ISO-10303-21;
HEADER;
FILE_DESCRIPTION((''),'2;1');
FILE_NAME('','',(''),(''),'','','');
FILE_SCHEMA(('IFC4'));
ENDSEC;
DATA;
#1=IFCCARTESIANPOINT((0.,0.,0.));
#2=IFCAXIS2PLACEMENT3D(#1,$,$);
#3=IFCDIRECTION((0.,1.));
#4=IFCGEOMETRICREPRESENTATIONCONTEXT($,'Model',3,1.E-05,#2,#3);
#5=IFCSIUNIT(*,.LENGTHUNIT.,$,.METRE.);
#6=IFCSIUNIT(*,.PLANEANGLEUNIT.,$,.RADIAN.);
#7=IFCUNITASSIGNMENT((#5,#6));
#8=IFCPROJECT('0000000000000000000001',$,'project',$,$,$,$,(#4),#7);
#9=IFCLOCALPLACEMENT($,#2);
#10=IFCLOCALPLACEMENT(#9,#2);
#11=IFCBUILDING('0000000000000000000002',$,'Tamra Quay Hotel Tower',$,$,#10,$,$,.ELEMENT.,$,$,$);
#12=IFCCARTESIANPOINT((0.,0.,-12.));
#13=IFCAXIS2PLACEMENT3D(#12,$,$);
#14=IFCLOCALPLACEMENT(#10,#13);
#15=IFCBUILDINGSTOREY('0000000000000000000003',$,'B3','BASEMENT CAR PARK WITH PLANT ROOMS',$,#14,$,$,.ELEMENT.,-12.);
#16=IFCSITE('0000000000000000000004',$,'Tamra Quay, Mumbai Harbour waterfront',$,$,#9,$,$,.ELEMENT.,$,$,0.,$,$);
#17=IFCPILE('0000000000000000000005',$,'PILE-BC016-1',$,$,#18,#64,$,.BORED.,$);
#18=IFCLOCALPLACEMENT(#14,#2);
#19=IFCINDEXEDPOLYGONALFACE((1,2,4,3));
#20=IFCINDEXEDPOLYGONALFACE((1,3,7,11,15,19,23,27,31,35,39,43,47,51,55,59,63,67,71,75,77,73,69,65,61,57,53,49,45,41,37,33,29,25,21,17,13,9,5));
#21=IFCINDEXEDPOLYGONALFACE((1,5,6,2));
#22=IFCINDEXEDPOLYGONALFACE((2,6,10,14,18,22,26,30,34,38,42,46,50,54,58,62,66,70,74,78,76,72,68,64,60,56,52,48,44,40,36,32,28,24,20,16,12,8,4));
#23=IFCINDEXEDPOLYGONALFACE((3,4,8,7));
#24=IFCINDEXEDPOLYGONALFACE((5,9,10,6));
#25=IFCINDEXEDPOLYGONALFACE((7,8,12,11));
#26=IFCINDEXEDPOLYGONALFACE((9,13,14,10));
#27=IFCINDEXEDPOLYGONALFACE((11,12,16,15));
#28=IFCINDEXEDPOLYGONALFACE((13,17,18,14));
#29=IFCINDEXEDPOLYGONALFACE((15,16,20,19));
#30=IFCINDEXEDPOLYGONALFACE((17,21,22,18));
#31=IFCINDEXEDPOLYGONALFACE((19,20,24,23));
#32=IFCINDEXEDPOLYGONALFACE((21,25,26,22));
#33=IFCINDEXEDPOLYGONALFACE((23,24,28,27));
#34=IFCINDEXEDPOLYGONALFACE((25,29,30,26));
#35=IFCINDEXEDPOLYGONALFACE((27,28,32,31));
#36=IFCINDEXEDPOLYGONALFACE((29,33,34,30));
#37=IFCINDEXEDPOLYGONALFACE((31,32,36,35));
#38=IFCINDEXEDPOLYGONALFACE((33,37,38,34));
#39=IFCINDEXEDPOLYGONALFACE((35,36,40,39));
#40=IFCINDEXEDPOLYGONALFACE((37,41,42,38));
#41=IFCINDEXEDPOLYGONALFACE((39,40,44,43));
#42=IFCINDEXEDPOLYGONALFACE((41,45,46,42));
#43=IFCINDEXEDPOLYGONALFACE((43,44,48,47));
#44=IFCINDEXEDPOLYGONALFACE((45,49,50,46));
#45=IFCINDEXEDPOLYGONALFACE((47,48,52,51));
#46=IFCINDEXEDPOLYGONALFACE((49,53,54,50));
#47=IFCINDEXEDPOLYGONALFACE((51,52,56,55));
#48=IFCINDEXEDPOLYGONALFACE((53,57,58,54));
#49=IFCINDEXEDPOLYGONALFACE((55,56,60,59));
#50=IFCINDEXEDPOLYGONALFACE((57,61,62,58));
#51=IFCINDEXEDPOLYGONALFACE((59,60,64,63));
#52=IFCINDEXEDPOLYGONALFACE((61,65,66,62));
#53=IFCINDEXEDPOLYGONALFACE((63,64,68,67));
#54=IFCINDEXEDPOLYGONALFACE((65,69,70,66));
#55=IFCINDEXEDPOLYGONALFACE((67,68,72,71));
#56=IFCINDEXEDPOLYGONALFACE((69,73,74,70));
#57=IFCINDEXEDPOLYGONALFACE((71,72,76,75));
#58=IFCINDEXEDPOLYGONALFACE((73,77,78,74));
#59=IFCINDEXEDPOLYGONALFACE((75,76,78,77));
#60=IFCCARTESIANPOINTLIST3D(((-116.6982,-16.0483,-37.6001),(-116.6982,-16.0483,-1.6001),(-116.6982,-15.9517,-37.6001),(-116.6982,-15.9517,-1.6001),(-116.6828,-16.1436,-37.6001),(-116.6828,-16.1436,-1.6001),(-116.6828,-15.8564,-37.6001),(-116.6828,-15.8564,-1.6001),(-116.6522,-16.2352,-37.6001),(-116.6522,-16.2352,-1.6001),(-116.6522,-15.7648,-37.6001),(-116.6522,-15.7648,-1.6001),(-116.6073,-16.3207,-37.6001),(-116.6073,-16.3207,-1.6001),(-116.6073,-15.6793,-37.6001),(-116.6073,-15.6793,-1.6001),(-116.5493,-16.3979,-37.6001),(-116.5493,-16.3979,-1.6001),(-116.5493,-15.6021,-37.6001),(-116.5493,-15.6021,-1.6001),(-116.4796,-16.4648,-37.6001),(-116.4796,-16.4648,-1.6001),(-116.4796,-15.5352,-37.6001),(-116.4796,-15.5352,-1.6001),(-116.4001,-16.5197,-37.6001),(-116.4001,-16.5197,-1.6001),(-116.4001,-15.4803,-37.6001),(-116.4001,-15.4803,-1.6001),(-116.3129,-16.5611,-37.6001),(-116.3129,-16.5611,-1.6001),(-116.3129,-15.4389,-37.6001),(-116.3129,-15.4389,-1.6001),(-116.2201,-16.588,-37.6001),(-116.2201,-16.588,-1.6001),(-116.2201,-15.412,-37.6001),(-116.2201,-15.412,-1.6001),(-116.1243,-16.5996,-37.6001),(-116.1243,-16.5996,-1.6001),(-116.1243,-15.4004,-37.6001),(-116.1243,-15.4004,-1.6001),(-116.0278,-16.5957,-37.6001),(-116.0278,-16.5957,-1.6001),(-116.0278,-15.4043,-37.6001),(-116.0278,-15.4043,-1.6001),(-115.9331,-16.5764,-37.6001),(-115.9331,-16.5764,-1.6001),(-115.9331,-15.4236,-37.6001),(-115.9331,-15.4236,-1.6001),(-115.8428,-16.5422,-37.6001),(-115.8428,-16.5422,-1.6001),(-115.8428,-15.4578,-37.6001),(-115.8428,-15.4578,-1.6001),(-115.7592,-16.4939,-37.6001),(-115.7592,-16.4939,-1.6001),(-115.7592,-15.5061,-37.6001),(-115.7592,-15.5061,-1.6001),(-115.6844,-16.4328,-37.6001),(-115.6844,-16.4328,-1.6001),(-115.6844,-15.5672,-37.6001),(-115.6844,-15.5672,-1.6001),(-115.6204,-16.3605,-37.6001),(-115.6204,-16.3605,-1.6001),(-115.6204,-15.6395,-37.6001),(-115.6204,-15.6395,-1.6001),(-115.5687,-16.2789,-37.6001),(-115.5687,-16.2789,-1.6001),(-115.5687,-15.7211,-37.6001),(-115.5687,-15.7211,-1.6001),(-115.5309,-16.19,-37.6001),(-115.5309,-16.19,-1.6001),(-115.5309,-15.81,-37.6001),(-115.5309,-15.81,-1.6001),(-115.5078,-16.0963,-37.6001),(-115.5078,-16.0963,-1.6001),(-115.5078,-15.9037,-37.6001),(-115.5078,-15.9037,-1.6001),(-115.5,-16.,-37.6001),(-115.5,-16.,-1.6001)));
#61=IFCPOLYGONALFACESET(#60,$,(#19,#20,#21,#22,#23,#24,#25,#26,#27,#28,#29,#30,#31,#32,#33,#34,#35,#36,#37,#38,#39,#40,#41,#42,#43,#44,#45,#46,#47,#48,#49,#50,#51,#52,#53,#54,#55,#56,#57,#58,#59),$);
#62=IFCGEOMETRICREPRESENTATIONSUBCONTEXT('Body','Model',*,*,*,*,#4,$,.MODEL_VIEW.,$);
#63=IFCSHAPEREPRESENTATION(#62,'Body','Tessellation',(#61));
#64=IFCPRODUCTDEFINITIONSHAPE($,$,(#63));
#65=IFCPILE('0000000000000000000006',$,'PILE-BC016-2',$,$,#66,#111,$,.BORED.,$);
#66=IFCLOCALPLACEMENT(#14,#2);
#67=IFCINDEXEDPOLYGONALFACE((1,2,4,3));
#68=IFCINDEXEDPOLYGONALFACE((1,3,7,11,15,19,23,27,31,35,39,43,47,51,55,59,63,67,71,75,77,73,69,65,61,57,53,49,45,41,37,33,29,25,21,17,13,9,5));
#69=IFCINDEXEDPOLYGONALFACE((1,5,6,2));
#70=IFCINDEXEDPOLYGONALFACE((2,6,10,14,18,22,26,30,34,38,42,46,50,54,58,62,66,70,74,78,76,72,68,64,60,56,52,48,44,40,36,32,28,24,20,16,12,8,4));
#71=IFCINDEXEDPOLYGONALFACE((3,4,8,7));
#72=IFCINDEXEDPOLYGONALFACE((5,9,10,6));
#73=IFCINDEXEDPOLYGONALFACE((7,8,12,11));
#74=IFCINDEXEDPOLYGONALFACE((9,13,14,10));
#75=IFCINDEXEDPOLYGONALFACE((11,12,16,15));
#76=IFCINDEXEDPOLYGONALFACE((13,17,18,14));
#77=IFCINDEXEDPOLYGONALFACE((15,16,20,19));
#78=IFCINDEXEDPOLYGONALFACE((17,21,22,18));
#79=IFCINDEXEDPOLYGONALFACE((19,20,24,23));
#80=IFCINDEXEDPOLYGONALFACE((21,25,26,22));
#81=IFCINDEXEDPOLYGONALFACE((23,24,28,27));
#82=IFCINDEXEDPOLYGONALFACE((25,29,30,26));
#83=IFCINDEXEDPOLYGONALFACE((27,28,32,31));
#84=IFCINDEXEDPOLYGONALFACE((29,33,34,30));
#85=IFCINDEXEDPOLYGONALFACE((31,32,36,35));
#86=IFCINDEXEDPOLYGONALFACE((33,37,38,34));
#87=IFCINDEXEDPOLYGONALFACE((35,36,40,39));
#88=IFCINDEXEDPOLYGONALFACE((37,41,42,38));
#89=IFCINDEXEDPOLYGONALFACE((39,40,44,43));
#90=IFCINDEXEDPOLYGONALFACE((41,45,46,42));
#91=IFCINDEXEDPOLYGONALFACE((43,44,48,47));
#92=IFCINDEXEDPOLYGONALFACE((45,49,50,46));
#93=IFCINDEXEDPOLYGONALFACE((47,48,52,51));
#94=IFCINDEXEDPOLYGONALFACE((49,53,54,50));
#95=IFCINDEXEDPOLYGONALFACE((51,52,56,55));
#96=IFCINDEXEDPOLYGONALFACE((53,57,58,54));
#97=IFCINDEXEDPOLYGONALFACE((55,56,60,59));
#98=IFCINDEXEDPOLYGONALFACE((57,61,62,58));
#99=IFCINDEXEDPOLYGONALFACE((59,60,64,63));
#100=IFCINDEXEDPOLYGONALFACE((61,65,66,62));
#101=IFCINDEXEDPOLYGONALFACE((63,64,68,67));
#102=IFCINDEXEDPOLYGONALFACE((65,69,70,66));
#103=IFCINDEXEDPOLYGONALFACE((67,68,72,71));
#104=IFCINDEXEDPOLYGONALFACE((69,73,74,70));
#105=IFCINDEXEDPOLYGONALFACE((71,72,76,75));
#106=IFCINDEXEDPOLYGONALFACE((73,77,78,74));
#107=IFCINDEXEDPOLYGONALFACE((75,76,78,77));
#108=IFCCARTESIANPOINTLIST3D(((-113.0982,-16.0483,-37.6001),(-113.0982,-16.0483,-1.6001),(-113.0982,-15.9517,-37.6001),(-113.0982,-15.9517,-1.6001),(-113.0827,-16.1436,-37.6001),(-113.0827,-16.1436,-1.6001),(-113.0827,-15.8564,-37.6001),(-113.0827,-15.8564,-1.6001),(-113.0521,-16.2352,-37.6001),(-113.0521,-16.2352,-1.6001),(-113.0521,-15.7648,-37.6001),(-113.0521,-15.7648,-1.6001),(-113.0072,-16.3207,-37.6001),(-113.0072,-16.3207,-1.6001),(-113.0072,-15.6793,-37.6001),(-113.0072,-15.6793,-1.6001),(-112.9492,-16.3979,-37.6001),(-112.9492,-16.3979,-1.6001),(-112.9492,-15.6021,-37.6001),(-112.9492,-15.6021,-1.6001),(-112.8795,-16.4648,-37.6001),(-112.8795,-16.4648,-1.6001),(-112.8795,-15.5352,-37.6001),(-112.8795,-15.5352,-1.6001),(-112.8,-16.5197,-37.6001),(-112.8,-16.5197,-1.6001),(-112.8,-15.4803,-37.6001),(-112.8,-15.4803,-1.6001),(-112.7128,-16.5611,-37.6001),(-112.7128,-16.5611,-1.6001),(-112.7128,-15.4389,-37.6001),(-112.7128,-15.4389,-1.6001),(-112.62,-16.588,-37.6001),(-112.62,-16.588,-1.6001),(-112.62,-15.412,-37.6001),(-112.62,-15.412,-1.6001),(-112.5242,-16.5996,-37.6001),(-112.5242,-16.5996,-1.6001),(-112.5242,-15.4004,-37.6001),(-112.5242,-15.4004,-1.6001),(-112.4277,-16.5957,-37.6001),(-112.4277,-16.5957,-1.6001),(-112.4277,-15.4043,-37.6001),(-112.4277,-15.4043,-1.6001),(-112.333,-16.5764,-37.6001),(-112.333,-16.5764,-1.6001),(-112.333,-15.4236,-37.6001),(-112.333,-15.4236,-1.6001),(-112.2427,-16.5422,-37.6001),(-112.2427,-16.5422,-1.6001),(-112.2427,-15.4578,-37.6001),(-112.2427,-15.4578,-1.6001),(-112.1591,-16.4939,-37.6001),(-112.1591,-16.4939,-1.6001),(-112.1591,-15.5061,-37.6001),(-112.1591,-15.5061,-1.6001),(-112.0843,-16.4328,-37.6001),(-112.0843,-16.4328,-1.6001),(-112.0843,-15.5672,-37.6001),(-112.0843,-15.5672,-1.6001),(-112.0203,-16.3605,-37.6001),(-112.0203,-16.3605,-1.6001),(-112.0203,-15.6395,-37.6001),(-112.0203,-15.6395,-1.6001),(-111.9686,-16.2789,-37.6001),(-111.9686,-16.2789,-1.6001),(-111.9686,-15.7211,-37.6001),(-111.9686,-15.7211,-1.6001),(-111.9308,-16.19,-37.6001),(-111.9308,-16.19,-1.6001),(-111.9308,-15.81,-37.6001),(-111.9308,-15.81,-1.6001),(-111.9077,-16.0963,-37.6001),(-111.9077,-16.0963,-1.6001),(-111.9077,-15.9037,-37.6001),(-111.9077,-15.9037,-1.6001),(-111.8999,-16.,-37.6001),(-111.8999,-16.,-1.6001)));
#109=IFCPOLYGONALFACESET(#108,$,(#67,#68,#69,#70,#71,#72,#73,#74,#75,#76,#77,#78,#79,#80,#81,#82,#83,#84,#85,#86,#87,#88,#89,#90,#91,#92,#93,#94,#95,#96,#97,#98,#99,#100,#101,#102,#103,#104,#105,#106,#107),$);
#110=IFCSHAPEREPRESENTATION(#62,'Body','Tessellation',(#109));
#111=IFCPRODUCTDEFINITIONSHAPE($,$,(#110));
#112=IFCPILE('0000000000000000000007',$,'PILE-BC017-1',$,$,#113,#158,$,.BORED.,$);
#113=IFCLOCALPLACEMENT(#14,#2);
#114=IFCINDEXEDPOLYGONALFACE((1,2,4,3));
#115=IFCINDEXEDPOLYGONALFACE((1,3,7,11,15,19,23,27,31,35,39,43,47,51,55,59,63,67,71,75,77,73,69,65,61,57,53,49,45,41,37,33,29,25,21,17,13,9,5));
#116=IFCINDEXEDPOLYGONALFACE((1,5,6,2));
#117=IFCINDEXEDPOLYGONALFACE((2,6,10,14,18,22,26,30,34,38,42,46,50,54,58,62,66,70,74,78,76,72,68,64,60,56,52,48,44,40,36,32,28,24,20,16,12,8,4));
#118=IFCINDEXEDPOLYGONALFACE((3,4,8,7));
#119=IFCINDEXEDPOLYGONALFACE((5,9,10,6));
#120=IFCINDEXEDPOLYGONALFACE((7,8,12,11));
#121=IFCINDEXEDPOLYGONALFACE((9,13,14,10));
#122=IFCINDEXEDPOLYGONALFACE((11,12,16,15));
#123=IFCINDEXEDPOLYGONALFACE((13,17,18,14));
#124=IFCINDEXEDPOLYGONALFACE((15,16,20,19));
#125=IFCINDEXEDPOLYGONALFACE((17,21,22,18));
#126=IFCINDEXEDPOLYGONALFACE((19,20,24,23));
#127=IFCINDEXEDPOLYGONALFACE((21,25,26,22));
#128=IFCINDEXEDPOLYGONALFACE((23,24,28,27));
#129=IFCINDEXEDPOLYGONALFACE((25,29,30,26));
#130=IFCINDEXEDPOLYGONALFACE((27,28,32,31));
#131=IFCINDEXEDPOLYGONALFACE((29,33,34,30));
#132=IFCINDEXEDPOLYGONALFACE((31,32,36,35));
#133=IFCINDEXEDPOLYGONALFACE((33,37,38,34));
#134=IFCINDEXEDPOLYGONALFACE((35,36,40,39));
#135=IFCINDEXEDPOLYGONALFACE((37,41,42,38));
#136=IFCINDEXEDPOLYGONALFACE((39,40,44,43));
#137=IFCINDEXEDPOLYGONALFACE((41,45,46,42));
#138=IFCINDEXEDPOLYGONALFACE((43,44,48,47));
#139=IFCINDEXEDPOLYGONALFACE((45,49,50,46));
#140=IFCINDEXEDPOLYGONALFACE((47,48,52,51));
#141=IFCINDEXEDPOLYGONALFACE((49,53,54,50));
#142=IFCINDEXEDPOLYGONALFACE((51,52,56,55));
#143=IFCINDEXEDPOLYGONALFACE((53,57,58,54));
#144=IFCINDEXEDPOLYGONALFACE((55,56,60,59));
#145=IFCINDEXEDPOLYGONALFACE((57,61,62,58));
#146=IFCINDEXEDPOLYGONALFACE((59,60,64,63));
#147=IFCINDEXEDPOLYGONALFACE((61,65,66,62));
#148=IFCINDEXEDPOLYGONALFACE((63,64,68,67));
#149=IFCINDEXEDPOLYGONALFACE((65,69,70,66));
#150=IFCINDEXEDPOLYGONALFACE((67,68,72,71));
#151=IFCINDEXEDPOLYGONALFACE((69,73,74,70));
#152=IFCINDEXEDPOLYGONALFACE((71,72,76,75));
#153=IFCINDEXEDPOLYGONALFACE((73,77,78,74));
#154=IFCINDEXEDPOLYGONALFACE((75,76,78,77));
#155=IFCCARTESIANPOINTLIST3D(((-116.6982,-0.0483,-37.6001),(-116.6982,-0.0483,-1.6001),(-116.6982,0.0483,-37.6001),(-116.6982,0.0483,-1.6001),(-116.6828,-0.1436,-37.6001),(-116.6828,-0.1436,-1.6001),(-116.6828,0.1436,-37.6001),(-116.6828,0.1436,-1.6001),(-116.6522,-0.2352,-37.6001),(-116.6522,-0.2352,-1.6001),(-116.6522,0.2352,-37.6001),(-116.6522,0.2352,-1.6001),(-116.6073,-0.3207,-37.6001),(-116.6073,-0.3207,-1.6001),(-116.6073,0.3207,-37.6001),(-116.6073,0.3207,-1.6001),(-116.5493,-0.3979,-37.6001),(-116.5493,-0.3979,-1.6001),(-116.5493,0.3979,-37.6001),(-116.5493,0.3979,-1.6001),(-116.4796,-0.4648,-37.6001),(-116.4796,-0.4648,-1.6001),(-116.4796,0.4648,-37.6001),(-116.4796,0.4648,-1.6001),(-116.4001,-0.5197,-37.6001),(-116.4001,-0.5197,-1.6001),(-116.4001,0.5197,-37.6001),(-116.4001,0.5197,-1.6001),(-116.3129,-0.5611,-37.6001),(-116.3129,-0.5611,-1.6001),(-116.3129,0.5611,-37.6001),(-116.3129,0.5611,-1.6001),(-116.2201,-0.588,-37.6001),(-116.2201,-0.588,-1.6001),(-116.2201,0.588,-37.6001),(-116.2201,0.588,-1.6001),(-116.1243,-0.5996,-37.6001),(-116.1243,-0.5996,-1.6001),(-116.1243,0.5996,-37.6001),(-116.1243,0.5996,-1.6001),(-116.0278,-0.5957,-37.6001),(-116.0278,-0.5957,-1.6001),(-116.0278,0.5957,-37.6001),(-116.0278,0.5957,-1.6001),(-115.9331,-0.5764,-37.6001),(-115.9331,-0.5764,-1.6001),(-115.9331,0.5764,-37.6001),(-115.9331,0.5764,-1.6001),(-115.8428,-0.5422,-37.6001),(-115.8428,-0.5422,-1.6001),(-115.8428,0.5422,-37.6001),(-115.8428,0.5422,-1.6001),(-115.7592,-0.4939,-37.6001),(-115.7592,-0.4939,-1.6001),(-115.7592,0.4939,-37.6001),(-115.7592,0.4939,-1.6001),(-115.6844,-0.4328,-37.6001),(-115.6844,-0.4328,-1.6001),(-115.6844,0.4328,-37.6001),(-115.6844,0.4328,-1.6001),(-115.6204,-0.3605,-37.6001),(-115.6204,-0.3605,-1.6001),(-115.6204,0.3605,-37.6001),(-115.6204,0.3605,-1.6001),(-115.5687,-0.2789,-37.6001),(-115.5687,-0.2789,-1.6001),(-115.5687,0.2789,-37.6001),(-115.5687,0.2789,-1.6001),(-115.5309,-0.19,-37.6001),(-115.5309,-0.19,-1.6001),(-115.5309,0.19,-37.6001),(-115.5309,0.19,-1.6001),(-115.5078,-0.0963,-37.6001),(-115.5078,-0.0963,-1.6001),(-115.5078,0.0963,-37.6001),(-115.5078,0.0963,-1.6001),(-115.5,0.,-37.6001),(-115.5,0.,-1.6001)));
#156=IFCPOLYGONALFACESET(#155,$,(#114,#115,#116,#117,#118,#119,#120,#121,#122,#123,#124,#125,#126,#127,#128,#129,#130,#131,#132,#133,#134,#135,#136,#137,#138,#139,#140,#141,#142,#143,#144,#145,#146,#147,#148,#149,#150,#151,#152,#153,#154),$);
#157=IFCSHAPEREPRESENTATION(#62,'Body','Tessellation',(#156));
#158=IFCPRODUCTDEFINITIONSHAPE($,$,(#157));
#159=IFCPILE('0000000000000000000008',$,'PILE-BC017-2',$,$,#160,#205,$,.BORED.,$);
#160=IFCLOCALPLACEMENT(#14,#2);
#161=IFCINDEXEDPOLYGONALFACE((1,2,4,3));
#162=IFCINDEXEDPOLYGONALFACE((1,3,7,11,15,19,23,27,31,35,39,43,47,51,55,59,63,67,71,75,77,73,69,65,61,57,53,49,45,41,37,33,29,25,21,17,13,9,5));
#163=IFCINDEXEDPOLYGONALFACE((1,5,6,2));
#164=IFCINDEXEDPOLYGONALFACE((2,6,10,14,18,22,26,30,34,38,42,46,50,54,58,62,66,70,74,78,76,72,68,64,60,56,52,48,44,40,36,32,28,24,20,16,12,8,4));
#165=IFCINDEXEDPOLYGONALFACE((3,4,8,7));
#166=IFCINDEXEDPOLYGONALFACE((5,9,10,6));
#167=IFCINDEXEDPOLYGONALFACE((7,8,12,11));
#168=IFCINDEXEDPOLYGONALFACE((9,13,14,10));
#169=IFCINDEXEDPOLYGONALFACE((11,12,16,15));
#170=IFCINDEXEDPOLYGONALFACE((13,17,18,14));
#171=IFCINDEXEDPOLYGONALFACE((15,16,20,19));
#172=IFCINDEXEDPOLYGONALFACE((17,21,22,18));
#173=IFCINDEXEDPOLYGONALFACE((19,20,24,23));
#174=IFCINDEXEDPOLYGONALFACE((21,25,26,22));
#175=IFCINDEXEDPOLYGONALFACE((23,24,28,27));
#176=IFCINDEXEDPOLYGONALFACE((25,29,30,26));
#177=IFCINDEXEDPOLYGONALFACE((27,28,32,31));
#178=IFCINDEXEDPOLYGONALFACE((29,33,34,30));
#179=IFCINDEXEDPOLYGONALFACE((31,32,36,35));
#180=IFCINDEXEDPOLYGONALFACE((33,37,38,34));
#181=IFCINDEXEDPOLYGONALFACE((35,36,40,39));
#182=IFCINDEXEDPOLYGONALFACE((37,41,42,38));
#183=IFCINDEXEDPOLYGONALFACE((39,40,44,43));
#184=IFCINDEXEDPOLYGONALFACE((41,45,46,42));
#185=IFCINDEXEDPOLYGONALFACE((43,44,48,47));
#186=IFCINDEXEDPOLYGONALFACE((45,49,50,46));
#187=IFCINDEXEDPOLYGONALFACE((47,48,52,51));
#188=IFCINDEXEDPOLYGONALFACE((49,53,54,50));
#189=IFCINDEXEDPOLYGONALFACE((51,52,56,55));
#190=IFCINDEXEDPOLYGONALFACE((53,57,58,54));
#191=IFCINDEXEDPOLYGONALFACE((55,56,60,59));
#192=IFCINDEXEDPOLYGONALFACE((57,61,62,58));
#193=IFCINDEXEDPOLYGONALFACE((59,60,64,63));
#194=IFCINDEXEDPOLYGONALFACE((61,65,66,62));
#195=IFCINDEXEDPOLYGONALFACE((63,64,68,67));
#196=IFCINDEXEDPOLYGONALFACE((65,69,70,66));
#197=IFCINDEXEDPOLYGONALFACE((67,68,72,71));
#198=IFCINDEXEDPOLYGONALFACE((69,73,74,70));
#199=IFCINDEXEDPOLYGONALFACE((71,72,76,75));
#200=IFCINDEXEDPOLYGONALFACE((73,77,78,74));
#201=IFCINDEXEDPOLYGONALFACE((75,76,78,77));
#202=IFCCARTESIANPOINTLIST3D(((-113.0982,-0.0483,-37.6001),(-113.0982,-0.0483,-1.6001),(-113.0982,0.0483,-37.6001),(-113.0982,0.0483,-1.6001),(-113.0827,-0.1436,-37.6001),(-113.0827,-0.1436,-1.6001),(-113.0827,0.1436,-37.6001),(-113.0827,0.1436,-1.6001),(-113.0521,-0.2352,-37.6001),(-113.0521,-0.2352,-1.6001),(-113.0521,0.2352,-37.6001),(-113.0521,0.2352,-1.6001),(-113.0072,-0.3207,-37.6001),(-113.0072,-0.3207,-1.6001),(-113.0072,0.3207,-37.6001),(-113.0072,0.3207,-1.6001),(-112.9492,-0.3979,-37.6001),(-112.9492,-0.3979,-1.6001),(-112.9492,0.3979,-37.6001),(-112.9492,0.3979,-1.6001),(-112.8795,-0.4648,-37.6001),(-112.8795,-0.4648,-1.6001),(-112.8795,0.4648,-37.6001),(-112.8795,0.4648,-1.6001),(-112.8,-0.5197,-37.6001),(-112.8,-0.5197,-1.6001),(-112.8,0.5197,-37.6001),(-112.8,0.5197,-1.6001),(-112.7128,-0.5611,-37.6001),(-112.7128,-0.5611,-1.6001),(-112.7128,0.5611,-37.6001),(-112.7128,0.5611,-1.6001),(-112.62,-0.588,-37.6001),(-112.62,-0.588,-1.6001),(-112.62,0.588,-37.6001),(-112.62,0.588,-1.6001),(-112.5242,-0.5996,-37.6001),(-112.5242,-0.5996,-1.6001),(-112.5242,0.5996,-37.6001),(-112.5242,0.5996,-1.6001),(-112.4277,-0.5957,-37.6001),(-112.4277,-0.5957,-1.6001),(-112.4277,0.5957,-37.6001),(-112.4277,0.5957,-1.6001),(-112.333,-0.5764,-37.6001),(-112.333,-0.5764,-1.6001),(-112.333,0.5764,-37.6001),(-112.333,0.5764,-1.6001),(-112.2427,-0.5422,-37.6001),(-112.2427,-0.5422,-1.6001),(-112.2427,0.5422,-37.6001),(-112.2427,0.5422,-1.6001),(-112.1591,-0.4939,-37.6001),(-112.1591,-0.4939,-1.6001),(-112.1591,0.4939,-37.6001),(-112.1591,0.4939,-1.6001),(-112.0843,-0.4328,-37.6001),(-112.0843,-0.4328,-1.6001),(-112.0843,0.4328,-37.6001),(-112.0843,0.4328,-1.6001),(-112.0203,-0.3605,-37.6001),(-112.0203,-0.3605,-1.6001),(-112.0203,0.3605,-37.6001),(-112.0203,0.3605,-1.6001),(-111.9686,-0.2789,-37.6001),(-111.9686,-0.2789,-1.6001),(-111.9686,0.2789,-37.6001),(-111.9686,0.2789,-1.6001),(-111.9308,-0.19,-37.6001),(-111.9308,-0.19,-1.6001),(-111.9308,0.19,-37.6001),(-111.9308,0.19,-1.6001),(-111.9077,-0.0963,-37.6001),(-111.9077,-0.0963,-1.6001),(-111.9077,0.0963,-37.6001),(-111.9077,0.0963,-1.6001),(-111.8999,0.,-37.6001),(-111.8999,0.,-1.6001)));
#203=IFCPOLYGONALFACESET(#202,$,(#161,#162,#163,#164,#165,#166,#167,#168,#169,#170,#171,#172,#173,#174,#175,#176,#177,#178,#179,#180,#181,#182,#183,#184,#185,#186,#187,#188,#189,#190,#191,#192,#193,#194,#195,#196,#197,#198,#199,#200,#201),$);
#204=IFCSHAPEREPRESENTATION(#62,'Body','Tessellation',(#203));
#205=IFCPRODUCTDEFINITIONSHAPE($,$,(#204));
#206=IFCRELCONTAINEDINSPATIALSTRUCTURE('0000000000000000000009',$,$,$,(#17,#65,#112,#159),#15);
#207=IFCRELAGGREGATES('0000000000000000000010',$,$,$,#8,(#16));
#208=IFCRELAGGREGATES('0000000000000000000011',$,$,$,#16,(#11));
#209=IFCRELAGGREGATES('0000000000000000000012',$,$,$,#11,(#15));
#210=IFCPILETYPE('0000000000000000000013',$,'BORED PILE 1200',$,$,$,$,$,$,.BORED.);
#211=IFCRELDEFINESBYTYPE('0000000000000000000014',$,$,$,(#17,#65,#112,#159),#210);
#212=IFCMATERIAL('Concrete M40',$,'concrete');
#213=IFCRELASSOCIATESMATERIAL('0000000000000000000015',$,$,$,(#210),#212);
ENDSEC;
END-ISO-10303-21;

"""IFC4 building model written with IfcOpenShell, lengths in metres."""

from ifc_helpers import new_model, si_unit, direction, frame, origin, origin_2d, place, context, subcontext, project, spatial, circle, extrude, material, material_profile, profile_set, type_object, element, save


model = new_model("IFC4")

# Units and contexts
model_context = context("Model", 3, precision=1e-05, world=origin(), true_north=direction((0.0, 1.0)))
body_context = subcontext(model_context, "Body", "Model", "MODEL_VIEW")
ifc_project = project(units=[si_unit("LENGTHUNIT", "METRE"), si_unit("PLANEANGLEUNIT", "RADIAN")], contexts=[model_context])

# Site, building, storey
site_placement = place(None, origin())
site = spatial("IfcSite", under=ifc_project, at=site_placement, Name="Tamra Quay, Mumbai Harbour waterfront", CompositionType="ELEMENT", RefElevation=0.0)
building_placement = place(site_placement, origin())
building = spatial("IfcBuilding", under=site, at=building_placement, Name="Tamra Quay Hotel Tower", CompositionType="ELEMENT")
storey_placement = place(building_placement, frame((0.0, 0.0, -12.0)))
storey = spatial("IfcBuildingStorey", under=building, at=storey_placement, Name="B3", Description="BASEMENT CAR PARK WITH PLANT ROOMS", CompositionType="ELEMENT", Elevation=-12.0)

# Piles
ifc_material_1 = material(Name="Concrete M40", Category="concrete")
ifc_material_profile_1 = material_profile(ifc_material_1, circle(Radius=0.6001, at=origin_2d()), Name="BORED PILE 1200")
ifc_profile_set_1 = profile_set([ifc_material_profile_1], Name="Concrete M40")
pile_type = type_object("IfcPileType", Name="BORED PILE 1200", PredefinedType="BORED", material=ifc_profile_set_1)
for number, where, z_axis, x_axis, name in (
    (1, (-116.1001, -16.0, -1.6001), (0.0, 0.0, -1.0), (1.0, 0.0, 0.0), "PILE-BC016-1"),
    (2, (-112.5, -16.0, -1.6001), (0.0, 0.0, -1.0), (1.0, 0.0, 0.0), "PILE-BC016-2"),
    (3, (-116.1001, 0.0, -1.6001), (0.0, 0.0, -1.0), (1.0, 0.0, 0.0), "PILE-BC017-1"),
    (4, (-112.5, 0.0, -1.6001), (0.0, 0.0, -1.0), (1.0, 0.0, 0.0), "PILE-BC017-2"),
):
    element("IfcPile", number, at=place(storey_placement, frame(where, z_axis=z_axis, x_axis=x_axis)), inside=storey, type_object=pile_type, Name=name, PredefinedType="BORED", context=body_context, shape_type="SweptSolid", body=[
        extrude(circle(Radius=0.6001, at=origin_2d()), origin(), (0.0, 0.0, 1.0), 36.0),
    ])

save(model, "model.ifc")
